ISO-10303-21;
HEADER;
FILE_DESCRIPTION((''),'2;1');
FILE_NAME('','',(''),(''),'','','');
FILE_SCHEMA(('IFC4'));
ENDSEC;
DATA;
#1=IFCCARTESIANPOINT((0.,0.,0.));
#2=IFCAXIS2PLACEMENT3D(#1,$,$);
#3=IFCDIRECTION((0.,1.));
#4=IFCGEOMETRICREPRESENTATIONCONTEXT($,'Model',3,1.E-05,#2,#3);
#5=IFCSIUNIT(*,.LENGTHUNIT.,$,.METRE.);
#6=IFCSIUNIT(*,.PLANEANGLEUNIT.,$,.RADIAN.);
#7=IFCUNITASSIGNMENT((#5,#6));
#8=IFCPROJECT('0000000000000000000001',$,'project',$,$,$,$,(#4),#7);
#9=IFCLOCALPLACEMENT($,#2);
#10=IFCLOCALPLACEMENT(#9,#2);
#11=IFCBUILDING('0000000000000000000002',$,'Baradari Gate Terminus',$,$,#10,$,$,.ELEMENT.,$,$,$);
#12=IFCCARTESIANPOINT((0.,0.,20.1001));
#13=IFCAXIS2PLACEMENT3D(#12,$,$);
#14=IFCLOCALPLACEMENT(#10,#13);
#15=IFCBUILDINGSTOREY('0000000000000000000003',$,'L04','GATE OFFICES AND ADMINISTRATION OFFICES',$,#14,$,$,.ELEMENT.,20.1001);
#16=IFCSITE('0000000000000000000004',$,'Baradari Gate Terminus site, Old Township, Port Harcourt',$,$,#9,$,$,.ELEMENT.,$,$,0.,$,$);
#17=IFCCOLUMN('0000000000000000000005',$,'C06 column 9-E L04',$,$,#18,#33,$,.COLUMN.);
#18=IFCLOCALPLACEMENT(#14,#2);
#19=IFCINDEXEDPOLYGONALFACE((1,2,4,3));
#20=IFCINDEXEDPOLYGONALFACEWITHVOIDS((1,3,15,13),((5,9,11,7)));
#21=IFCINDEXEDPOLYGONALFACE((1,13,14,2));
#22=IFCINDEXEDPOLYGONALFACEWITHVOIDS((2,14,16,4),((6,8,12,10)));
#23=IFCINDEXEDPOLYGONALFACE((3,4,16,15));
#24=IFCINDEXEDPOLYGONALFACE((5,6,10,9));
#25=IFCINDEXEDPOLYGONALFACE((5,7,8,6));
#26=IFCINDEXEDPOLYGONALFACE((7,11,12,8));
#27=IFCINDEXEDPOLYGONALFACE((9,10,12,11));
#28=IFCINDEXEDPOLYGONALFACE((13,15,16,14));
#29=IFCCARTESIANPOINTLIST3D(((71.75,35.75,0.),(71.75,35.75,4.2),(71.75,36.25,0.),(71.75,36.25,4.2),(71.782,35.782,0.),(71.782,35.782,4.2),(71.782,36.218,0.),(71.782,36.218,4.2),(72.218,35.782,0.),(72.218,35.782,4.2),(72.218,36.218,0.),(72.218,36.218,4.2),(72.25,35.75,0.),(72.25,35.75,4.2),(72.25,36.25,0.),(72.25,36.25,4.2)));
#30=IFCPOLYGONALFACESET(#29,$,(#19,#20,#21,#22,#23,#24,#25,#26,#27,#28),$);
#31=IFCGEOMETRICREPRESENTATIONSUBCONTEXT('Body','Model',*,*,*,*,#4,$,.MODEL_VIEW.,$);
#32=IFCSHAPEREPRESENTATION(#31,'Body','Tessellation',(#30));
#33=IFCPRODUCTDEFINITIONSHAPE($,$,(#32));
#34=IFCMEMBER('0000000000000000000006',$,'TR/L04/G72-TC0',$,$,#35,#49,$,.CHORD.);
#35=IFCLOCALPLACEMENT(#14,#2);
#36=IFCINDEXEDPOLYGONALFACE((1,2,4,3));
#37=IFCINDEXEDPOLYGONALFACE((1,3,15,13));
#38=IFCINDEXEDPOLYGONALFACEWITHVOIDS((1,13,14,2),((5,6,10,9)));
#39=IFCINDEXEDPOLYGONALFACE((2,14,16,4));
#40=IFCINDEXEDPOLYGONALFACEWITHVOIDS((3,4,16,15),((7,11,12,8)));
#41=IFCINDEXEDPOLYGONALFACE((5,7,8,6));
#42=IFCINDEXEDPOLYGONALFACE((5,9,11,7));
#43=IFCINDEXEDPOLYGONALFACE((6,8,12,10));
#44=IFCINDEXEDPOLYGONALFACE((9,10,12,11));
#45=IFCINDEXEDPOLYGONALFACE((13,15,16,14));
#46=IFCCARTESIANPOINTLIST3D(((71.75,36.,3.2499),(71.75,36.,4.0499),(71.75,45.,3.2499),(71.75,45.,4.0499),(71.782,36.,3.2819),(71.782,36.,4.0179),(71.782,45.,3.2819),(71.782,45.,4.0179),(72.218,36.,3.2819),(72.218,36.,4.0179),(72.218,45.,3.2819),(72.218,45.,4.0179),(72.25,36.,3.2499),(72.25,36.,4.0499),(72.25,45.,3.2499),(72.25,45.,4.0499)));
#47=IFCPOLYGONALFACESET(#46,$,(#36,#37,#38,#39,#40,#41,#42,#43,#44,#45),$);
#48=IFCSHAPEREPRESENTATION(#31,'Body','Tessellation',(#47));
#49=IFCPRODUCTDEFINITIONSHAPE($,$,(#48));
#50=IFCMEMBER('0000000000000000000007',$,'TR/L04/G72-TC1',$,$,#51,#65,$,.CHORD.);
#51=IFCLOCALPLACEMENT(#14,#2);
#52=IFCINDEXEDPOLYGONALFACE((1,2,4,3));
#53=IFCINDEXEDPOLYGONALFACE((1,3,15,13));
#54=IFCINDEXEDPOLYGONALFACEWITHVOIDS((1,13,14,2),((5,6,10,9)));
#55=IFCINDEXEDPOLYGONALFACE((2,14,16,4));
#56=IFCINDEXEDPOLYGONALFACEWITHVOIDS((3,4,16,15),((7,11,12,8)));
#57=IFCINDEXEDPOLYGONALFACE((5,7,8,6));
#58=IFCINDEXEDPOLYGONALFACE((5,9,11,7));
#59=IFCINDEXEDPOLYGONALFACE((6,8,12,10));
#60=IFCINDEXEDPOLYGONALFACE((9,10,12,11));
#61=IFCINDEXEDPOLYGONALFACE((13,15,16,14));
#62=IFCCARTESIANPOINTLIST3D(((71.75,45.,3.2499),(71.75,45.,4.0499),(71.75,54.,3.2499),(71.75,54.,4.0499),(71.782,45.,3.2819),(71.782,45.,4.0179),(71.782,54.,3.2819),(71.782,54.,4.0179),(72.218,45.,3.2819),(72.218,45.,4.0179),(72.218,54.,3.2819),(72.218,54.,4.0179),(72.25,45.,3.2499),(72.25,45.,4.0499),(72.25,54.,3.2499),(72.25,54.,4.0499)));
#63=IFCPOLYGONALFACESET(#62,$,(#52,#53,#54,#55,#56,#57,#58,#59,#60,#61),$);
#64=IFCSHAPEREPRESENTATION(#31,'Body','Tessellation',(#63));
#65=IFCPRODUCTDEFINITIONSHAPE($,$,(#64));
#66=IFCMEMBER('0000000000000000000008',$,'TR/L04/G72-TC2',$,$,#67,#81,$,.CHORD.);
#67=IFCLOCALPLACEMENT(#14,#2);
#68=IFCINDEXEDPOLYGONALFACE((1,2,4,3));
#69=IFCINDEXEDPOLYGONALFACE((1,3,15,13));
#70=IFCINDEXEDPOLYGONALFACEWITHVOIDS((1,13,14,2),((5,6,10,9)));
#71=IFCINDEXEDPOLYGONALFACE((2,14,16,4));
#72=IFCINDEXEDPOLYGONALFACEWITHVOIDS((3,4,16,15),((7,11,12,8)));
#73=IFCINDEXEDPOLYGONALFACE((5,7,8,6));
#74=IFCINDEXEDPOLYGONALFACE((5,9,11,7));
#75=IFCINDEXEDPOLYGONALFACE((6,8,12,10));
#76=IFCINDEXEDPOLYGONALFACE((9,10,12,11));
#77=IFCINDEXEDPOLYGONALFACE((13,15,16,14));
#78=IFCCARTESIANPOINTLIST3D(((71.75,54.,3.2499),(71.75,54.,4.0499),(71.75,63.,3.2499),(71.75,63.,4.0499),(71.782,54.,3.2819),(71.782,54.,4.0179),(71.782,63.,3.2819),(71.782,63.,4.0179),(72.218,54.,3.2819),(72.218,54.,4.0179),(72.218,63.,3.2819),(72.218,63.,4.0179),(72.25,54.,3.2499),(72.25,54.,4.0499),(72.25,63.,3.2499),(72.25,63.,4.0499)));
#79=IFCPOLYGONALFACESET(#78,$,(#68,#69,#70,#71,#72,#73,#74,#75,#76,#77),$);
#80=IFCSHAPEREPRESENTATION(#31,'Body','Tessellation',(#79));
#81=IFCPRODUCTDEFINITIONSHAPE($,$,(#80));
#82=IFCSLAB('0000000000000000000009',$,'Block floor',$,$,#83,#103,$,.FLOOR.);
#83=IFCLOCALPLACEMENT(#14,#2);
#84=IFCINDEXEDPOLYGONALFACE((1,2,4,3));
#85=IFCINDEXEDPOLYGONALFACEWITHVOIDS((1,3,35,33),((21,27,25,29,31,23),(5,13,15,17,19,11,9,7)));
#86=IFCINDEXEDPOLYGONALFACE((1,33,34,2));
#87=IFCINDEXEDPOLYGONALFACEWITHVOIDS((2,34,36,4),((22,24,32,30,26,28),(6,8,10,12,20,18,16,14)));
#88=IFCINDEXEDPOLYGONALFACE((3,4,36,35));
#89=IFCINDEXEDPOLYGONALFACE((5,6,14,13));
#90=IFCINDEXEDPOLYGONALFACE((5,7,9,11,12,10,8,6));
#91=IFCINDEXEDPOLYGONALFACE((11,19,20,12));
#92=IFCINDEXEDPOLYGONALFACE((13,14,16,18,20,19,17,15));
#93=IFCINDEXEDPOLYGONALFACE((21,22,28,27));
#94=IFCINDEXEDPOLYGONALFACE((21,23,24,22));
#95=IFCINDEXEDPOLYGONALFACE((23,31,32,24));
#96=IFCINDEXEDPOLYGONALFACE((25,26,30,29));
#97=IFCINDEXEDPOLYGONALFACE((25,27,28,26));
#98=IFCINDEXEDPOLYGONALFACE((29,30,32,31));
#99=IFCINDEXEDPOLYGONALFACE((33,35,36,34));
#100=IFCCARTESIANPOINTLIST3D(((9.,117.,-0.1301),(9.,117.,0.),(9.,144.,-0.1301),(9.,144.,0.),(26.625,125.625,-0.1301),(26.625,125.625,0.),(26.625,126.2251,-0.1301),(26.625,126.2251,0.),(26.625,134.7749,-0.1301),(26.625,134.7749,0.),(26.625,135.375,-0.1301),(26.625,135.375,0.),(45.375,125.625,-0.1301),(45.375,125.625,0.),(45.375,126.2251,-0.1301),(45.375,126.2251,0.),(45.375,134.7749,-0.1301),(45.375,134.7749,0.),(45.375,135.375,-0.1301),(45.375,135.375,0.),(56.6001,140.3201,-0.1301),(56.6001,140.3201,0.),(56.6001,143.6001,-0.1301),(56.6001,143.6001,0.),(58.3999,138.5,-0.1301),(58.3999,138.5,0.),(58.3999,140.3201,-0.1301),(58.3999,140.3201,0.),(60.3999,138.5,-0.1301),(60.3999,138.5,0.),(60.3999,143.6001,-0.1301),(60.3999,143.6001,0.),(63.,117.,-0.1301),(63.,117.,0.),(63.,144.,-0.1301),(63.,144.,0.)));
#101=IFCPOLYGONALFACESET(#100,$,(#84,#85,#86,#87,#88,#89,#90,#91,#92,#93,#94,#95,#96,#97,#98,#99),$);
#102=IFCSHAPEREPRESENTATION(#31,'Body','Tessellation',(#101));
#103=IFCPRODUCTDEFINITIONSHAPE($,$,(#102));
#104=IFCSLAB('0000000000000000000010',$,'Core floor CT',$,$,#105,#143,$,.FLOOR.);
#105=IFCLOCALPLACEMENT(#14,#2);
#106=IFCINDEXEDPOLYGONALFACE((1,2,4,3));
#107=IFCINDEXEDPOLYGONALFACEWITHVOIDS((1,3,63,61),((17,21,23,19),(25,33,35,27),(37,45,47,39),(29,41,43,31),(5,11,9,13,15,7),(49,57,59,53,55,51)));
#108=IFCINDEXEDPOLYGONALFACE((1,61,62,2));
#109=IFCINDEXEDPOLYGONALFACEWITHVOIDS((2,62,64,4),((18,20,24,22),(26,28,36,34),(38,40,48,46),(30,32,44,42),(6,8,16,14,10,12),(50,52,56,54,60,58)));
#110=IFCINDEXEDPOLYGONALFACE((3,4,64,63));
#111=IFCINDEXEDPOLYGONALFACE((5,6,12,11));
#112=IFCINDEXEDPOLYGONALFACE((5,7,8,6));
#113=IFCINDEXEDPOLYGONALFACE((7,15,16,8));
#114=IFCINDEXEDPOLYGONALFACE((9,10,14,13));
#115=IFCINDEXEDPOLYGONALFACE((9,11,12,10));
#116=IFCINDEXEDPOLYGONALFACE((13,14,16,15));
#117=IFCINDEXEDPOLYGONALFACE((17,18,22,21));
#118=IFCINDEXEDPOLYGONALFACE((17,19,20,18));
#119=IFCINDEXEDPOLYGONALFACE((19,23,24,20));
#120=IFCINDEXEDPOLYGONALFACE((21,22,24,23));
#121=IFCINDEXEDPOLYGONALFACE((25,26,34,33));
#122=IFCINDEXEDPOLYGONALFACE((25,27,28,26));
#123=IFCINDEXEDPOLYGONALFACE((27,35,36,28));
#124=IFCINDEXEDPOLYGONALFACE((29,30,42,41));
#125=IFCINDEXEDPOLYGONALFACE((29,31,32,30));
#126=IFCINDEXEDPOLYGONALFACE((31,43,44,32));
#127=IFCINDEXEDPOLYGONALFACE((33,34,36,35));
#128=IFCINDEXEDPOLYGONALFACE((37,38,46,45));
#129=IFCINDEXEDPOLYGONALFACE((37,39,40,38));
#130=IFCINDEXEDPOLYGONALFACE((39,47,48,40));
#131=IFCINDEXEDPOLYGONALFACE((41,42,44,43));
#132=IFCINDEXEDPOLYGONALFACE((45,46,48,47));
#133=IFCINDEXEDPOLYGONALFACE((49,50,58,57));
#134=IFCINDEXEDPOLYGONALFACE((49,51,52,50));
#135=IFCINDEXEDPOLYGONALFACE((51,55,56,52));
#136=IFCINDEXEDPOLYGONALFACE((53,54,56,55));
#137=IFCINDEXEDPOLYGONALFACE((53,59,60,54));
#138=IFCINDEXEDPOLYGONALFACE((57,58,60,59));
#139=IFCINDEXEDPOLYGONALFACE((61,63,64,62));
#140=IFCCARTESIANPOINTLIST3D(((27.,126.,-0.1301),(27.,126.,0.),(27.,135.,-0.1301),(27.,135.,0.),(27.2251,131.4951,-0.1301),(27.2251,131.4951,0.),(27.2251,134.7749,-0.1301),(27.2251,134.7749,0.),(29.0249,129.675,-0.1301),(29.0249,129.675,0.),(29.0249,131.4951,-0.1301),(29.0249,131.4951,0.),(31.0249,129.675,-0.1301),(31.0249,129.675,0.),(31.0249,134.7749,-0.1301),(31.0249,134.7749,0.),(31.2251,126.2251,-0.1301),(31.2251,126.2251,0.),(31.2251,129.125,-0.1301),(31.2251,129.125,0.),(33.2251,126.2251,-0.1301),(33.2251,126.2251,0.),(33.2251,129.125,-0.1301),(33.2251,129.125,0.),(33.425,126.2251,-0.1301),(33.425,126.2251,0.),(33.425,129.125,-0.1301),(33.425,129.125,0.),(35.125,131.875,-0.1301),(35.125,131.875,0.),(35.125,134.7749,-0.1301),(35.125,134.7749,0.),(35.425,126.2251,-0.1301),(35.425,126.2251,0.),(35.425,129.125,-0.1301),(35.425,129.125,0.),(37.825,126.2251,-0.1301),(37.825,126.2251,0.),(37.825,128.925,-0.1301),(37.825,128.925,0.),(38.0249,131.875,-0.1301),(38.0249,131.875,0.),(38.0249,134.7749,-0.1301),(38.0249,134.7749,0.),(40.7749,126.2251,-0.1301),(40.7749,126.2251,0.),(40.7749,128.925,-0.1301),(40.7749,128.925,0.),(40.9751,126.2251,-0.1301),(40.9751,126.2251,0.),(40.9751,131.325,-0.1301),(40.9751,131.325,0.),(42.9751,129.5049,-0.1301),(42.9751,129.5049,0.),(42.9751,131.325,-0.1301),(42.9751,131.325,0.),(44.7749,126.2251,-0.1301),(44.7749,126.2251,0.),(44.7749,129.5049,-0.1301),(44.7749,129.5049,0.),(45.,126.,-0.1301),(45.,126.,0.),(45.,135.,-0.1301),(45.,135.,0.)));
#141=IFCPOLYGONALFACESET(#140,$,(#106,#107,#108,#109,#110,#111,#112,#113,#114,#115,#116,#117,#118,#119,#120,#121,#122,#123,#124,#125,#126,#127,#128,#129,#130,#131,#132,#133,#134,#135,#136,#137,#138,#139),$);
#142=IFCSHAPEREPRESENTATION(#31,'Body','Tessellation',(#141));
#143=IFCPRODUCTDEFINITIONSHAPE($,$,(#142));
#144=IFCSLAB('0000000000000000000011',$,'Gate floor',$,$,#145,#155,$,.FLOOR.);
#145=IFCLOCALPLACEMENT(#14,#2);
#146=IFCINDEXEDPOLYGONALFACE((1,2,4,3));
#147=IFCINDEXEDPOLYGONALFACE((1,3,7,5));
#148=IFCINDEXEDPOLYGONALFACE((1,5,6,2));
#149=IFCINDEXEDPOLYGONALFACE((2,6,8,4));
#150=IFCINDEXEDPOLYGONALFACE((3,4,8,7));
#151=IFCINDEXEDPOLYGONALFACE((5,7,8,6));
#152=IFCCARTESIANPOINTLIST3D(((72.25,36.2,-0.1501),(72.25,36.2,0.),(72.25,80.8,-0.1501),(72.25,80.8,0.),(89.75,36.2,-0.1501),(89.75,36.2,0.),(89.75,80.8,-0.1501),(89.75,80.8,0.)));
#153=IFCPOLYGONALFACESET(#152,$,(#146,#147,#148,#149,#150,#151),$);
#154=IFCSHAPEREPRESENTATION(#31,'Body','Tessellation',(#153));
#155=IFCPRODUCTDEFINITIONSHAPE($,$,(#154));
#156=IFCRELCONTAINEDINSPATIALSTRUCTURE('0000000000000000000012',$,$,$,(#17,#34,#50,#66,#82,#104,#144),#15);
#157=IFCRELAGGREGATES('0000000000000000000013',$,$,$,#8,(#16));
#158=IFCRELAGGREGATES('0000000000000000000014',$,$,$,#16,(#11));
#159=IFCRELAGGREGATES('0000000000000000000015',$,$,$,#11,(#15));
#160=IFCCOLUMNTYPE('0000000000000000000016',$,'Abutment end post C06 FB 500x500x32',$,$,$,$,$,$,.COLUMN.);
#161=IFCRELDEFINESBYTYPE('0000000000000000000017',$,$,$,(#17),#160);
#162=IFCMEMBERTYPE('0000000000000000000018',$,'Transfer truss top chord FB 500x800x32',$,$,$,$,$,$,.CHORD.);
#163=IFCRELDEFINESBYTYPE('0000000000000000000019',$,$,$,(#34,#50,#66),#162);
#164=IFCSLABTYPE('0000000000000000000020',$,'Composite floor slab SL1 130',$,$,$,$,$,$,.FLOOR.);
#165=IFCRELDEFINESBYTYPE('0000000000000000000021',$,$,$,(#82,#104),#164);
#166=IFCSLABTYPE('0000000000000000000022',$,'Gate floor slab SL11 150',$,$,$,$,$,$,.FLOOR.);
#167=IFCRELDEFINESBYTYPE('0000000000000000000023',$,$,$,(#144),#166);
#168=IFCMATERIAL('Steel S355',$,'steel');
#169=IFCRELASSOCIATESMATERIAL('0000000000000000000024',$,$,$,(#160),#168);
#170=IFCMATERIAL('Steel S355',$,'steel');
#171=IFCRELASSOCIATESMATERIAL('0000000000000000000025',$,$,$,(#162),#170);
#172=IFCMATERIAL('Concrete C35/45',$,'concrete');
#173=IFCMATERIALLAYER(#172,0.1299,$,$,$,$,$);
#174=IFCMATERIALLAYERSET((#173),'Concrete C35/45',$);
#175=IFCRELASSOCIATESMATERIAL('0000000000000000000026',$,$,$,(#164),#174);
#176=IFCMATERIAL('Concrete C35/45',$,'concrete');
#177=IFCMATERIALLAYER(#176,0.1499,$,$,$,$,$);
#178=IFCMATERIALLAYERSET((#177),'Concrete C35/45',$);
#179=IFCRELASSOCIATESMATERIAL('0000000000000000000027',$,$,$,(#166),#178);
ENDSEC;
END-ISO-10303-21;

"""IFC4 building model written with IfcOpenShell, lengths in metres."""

from ifc_helpers import new_model, si_unit, direction, frame, origin, origin_2d, place, context, subcontext, project, spatial, polyline, hollow_rectangle, outline, extrude, material, layer, layer_set, material_profile, profile_set, type_object, element, save


model = new_model("IFC4")

# Units and contexts
model_context = context("Model", 3, precision=1e-05, world=origin(), true_north=direction((0.0, 1.0)))
body_context = subcontext(model_context, "Body", "Model", "MODEL_VIEW")
ifc_project = project(units=[si_unit("LENGTHUNIT", "METRE"), si_unit("PLANEANGLEUNIT", "RADIAN")], contexts=[model_context])

# Site, building, storey
site_placement = place(None, origin())
site = spatial("IfcSite", under=ifc_project, at=site_placement, Name="Baradari Gate Terminus site, Old Township, Port Harcourt", CompositionType="ELEMENT", RefElevation=0.0)
building_placement = place(site_placement, origin())
building = spatial("IfcBuilding", under=site, at=building_placement, Name="Baradari Gate Terminus", CompositionType="ELEMENT")
storey_placement = place(building_placement, frame((0.0, 0.0, 20.1001)))
storey = spatial("IfcBuildingStorey", under=building, at=storey_placement, Name="L04", Description="GATE OFFICES AND ADMINISTRATION OFFICES", CompositionType="ELEMENT", Elevation=20.1001)

# Column
ifc_material_1 = material(Name="Steel S355", Category="steel")
ifc_material_profile_1 = material_profile(ifc_material_1, hollow_rectangle(XDim=0.5, YDim=0.5, WallThickness=0.032, at=origin_2d()), Name="FB 500x500x32")
ifc_profile_set_1 = profile_set([ifc_material_profile_1], Name="Steel S355")
column_type = type_object("IfcColumnType", Name="Abutment end post C06 FB 500x500x32", PredefinedType="COLUMN", material=ifc_profile_set_1)
column_placement = place(storey_placement, frame((72.0, 36.0, 0.0), z_axis=(0.0, 0.0, 1.0), x_axis=(1.0, 0.0, 0.0)))
element("IfcColumn", 1, at=column_placement, inside=storey, type_object=column_type, Name="C06 column 9-E L04", PredefinedType="COLUMN", context=body_context, shape_type="SweptSolid", body=[
    extrude(hollow_rectangle(XDim=0.5, YDim=0.5, WallThickness=0.032, at=origin_2d()), origin(), (0.0, 0.0, 1.0), 4.2),
])

# Members
ifc_material_2 = material(Name="Steel S355", Category="steel")
ifc_material_profile_2 = material_profile(ifc_material_2, hollow_rectangle(XDim=0.5, YDim=0.8, WallThickness=0.032, at=origin_2d()), Name="FB 500x800x32")
ifc_profile_set_2 = profile_set([ifc_material_profile_2], Name="Steel S355")
member_type = type_object("IfcMemberType", Name="Transfer truss top chord FB 500x800x32", PredefinedType="CHORD", material=ifc_profile_set_2)
for number, where, z_axis, x_axis, name in (
    (2, (72.0, 36.0, 3.6499), (0.0, 1.0, 0.0), (-1.0, 0.0, 0.0), "TR/L04/G72-TC0"),
    (3, (72.0, 45.0, 3.6499), (0.0, 1.0, 0.0), (-1.0, 0.0, 0.0), "TR/L04/G72-TC1"),
    (4, (72.0, 54.0, 3.6499), (0.0, 1.0, 0.0), (-1.0, 0.0, 0.0), "TR/L04/G72-TC2"),
):
    element("IfcMember", number, at=place(storey_placement, frame(where, z_axis=z_axis, x_axis=x_axis)), inside=storey, type_object=member_type, Name=name, PredefinedType="CHORD", context=body_context, shape_type="SweptSolid", body=[
        extrude(hollow_rectangle(XDim=0.5, YDim=0.8, WallThickness=0.032, at=origin_2d()), origin(), (0.0, 0.0, 1.0), 9.0),
    ])

# Slabs
ifc_material_3 = material(Name="Concrete C35/45", Category="concrete")
ifc_layer_1 = layer(ifc_material_3, 0.1299)
ifc_layer_set_1 = layer_set([ifc_layer_1], Name="Concrete C35/45")
slab_type_1 = type_object("IfcSlabType", Name="Composite floor slab SL1 130", PredefinedType="FLOOR", material=ifc_layer_set_1)
slab_1_placement = place(storey_placement, frame((0.0, 0.0, -0.1301)))
element("IfcSlab", 5, at=slab_1_placement, inside=storey, type_object=slab_type_1, Name="Block floor", PredefinedType="FLOOR", context=body_context, shape_type="SweptSolid", body=[
    extrude(outline(polyline([(63.0, 117.0), (63.0, 144.0), (9.0, 144.0), (9.0, 117.0), (63.0, 117.0)]), holes=[polyline([(56.6001, 143.6001), (56.6001, 140.3201), (58.3999, 140.3201), (58.3999, 138.5), (60.3999, 138.5), (60.3999, 143.6001), (56.6001, 143.6001)]), polyline([(45.375, 134.7749), (45.375, 135.375), (26.625, 135.375), (26.625, 134.7749), (26.625, 126.2251), (26.625, 125.625), (45.375, 125.625), (45.375, 126.2251), (45.375, 134.7749)])]), origin(), (0.0, 0.0, 1.0), 0.1301),
])
slab_2_placement = place(storey_placement, frame((0.0, 0.0, -0.1301)))
element("IfcSlab", 6, at=slab_2_placement, inside=storey, type_object=slab_type_1, Name="Core floor CT", PredefinedType="FLOOR", context=body_context, shape_type="SweptSolid", body=[
    extrude(outline(polyline([(27.0, 135.0), (27.0, 126.0), (45.0, 126.0), (45.0, 135.0), (27.0, 135.0)]), holes=[polyline([(44.7749, 126.2251), (44.7749, 129.5049), (42.9751, 129.5049), (42.9751, 131.325), (40.9751, 131.325), (40.9751, 126.2251), (44.7749, 126.2251)]), polyline([(40.7749, 128.925), (37.825, 128.925), (37.825, 126.2251), (40.7749, 126.2251), (40.7749, 128.925)]), polyline([(38.0249, 131.875), (38.0249, 134.7749), (35.125, 134.7749), (35.125, 131.875), (38.0249, 131.875)]), polyline([(35.425, 129.125), (33.425, 129.125), (33.425, 126.2251), (35.425, 126.2251), (35.425, 129.125)]), polyline([(31.2251, 129.125), (31.2251, 126.2251), (33.2251, 126.2251), (33.2251, 129.125), (31.2251, 129.125)]), polyline([(27.2251, 134.7749), (27.2251, 131.4951), (29.0249, 131.4951), (29.0249, 129.675), (31.0249, 129.675), (31.0249, 134.7749), (27.2251, 134.7749)])]), origin(), (0.0, 0.0, 1.0), 0.1301),
])
ifc_material_4 = material(Name="Concrete C35/45", Category="concrete")
ifc_layer_2 = layer(ifc_material_4, 0.1499)
ifc_layer_set_2 = layer_set([ifc_layer_2], Name="Concrete C35/45")
slab_type_2 = type_object("IfcSlabType", Name="Gate floor slab SL11 150", PredefinedType="FLOOR", material=ifc_layer_set_2)
slab_3_placement = place(storey_placement, frame((0.0, 0.0, -0.1501)))
element("IfcSlab", 7, at=slab_3_placement, inside=storey, type_object=slab_type_2, Name="Gate floor", PredefinedType="FLOOR", context=body_context, shape_type="SweptSolid", body=[
    extrude(outline(polyline([(89.75, 36.2), (89.75, 80.8), (72.25, 80.8), (72.25, 36.2), (89.75, 36.2)])), origin(), (0.0, 0.0, 1.0), 0.1501),
])

save(model, "model.ifc")
